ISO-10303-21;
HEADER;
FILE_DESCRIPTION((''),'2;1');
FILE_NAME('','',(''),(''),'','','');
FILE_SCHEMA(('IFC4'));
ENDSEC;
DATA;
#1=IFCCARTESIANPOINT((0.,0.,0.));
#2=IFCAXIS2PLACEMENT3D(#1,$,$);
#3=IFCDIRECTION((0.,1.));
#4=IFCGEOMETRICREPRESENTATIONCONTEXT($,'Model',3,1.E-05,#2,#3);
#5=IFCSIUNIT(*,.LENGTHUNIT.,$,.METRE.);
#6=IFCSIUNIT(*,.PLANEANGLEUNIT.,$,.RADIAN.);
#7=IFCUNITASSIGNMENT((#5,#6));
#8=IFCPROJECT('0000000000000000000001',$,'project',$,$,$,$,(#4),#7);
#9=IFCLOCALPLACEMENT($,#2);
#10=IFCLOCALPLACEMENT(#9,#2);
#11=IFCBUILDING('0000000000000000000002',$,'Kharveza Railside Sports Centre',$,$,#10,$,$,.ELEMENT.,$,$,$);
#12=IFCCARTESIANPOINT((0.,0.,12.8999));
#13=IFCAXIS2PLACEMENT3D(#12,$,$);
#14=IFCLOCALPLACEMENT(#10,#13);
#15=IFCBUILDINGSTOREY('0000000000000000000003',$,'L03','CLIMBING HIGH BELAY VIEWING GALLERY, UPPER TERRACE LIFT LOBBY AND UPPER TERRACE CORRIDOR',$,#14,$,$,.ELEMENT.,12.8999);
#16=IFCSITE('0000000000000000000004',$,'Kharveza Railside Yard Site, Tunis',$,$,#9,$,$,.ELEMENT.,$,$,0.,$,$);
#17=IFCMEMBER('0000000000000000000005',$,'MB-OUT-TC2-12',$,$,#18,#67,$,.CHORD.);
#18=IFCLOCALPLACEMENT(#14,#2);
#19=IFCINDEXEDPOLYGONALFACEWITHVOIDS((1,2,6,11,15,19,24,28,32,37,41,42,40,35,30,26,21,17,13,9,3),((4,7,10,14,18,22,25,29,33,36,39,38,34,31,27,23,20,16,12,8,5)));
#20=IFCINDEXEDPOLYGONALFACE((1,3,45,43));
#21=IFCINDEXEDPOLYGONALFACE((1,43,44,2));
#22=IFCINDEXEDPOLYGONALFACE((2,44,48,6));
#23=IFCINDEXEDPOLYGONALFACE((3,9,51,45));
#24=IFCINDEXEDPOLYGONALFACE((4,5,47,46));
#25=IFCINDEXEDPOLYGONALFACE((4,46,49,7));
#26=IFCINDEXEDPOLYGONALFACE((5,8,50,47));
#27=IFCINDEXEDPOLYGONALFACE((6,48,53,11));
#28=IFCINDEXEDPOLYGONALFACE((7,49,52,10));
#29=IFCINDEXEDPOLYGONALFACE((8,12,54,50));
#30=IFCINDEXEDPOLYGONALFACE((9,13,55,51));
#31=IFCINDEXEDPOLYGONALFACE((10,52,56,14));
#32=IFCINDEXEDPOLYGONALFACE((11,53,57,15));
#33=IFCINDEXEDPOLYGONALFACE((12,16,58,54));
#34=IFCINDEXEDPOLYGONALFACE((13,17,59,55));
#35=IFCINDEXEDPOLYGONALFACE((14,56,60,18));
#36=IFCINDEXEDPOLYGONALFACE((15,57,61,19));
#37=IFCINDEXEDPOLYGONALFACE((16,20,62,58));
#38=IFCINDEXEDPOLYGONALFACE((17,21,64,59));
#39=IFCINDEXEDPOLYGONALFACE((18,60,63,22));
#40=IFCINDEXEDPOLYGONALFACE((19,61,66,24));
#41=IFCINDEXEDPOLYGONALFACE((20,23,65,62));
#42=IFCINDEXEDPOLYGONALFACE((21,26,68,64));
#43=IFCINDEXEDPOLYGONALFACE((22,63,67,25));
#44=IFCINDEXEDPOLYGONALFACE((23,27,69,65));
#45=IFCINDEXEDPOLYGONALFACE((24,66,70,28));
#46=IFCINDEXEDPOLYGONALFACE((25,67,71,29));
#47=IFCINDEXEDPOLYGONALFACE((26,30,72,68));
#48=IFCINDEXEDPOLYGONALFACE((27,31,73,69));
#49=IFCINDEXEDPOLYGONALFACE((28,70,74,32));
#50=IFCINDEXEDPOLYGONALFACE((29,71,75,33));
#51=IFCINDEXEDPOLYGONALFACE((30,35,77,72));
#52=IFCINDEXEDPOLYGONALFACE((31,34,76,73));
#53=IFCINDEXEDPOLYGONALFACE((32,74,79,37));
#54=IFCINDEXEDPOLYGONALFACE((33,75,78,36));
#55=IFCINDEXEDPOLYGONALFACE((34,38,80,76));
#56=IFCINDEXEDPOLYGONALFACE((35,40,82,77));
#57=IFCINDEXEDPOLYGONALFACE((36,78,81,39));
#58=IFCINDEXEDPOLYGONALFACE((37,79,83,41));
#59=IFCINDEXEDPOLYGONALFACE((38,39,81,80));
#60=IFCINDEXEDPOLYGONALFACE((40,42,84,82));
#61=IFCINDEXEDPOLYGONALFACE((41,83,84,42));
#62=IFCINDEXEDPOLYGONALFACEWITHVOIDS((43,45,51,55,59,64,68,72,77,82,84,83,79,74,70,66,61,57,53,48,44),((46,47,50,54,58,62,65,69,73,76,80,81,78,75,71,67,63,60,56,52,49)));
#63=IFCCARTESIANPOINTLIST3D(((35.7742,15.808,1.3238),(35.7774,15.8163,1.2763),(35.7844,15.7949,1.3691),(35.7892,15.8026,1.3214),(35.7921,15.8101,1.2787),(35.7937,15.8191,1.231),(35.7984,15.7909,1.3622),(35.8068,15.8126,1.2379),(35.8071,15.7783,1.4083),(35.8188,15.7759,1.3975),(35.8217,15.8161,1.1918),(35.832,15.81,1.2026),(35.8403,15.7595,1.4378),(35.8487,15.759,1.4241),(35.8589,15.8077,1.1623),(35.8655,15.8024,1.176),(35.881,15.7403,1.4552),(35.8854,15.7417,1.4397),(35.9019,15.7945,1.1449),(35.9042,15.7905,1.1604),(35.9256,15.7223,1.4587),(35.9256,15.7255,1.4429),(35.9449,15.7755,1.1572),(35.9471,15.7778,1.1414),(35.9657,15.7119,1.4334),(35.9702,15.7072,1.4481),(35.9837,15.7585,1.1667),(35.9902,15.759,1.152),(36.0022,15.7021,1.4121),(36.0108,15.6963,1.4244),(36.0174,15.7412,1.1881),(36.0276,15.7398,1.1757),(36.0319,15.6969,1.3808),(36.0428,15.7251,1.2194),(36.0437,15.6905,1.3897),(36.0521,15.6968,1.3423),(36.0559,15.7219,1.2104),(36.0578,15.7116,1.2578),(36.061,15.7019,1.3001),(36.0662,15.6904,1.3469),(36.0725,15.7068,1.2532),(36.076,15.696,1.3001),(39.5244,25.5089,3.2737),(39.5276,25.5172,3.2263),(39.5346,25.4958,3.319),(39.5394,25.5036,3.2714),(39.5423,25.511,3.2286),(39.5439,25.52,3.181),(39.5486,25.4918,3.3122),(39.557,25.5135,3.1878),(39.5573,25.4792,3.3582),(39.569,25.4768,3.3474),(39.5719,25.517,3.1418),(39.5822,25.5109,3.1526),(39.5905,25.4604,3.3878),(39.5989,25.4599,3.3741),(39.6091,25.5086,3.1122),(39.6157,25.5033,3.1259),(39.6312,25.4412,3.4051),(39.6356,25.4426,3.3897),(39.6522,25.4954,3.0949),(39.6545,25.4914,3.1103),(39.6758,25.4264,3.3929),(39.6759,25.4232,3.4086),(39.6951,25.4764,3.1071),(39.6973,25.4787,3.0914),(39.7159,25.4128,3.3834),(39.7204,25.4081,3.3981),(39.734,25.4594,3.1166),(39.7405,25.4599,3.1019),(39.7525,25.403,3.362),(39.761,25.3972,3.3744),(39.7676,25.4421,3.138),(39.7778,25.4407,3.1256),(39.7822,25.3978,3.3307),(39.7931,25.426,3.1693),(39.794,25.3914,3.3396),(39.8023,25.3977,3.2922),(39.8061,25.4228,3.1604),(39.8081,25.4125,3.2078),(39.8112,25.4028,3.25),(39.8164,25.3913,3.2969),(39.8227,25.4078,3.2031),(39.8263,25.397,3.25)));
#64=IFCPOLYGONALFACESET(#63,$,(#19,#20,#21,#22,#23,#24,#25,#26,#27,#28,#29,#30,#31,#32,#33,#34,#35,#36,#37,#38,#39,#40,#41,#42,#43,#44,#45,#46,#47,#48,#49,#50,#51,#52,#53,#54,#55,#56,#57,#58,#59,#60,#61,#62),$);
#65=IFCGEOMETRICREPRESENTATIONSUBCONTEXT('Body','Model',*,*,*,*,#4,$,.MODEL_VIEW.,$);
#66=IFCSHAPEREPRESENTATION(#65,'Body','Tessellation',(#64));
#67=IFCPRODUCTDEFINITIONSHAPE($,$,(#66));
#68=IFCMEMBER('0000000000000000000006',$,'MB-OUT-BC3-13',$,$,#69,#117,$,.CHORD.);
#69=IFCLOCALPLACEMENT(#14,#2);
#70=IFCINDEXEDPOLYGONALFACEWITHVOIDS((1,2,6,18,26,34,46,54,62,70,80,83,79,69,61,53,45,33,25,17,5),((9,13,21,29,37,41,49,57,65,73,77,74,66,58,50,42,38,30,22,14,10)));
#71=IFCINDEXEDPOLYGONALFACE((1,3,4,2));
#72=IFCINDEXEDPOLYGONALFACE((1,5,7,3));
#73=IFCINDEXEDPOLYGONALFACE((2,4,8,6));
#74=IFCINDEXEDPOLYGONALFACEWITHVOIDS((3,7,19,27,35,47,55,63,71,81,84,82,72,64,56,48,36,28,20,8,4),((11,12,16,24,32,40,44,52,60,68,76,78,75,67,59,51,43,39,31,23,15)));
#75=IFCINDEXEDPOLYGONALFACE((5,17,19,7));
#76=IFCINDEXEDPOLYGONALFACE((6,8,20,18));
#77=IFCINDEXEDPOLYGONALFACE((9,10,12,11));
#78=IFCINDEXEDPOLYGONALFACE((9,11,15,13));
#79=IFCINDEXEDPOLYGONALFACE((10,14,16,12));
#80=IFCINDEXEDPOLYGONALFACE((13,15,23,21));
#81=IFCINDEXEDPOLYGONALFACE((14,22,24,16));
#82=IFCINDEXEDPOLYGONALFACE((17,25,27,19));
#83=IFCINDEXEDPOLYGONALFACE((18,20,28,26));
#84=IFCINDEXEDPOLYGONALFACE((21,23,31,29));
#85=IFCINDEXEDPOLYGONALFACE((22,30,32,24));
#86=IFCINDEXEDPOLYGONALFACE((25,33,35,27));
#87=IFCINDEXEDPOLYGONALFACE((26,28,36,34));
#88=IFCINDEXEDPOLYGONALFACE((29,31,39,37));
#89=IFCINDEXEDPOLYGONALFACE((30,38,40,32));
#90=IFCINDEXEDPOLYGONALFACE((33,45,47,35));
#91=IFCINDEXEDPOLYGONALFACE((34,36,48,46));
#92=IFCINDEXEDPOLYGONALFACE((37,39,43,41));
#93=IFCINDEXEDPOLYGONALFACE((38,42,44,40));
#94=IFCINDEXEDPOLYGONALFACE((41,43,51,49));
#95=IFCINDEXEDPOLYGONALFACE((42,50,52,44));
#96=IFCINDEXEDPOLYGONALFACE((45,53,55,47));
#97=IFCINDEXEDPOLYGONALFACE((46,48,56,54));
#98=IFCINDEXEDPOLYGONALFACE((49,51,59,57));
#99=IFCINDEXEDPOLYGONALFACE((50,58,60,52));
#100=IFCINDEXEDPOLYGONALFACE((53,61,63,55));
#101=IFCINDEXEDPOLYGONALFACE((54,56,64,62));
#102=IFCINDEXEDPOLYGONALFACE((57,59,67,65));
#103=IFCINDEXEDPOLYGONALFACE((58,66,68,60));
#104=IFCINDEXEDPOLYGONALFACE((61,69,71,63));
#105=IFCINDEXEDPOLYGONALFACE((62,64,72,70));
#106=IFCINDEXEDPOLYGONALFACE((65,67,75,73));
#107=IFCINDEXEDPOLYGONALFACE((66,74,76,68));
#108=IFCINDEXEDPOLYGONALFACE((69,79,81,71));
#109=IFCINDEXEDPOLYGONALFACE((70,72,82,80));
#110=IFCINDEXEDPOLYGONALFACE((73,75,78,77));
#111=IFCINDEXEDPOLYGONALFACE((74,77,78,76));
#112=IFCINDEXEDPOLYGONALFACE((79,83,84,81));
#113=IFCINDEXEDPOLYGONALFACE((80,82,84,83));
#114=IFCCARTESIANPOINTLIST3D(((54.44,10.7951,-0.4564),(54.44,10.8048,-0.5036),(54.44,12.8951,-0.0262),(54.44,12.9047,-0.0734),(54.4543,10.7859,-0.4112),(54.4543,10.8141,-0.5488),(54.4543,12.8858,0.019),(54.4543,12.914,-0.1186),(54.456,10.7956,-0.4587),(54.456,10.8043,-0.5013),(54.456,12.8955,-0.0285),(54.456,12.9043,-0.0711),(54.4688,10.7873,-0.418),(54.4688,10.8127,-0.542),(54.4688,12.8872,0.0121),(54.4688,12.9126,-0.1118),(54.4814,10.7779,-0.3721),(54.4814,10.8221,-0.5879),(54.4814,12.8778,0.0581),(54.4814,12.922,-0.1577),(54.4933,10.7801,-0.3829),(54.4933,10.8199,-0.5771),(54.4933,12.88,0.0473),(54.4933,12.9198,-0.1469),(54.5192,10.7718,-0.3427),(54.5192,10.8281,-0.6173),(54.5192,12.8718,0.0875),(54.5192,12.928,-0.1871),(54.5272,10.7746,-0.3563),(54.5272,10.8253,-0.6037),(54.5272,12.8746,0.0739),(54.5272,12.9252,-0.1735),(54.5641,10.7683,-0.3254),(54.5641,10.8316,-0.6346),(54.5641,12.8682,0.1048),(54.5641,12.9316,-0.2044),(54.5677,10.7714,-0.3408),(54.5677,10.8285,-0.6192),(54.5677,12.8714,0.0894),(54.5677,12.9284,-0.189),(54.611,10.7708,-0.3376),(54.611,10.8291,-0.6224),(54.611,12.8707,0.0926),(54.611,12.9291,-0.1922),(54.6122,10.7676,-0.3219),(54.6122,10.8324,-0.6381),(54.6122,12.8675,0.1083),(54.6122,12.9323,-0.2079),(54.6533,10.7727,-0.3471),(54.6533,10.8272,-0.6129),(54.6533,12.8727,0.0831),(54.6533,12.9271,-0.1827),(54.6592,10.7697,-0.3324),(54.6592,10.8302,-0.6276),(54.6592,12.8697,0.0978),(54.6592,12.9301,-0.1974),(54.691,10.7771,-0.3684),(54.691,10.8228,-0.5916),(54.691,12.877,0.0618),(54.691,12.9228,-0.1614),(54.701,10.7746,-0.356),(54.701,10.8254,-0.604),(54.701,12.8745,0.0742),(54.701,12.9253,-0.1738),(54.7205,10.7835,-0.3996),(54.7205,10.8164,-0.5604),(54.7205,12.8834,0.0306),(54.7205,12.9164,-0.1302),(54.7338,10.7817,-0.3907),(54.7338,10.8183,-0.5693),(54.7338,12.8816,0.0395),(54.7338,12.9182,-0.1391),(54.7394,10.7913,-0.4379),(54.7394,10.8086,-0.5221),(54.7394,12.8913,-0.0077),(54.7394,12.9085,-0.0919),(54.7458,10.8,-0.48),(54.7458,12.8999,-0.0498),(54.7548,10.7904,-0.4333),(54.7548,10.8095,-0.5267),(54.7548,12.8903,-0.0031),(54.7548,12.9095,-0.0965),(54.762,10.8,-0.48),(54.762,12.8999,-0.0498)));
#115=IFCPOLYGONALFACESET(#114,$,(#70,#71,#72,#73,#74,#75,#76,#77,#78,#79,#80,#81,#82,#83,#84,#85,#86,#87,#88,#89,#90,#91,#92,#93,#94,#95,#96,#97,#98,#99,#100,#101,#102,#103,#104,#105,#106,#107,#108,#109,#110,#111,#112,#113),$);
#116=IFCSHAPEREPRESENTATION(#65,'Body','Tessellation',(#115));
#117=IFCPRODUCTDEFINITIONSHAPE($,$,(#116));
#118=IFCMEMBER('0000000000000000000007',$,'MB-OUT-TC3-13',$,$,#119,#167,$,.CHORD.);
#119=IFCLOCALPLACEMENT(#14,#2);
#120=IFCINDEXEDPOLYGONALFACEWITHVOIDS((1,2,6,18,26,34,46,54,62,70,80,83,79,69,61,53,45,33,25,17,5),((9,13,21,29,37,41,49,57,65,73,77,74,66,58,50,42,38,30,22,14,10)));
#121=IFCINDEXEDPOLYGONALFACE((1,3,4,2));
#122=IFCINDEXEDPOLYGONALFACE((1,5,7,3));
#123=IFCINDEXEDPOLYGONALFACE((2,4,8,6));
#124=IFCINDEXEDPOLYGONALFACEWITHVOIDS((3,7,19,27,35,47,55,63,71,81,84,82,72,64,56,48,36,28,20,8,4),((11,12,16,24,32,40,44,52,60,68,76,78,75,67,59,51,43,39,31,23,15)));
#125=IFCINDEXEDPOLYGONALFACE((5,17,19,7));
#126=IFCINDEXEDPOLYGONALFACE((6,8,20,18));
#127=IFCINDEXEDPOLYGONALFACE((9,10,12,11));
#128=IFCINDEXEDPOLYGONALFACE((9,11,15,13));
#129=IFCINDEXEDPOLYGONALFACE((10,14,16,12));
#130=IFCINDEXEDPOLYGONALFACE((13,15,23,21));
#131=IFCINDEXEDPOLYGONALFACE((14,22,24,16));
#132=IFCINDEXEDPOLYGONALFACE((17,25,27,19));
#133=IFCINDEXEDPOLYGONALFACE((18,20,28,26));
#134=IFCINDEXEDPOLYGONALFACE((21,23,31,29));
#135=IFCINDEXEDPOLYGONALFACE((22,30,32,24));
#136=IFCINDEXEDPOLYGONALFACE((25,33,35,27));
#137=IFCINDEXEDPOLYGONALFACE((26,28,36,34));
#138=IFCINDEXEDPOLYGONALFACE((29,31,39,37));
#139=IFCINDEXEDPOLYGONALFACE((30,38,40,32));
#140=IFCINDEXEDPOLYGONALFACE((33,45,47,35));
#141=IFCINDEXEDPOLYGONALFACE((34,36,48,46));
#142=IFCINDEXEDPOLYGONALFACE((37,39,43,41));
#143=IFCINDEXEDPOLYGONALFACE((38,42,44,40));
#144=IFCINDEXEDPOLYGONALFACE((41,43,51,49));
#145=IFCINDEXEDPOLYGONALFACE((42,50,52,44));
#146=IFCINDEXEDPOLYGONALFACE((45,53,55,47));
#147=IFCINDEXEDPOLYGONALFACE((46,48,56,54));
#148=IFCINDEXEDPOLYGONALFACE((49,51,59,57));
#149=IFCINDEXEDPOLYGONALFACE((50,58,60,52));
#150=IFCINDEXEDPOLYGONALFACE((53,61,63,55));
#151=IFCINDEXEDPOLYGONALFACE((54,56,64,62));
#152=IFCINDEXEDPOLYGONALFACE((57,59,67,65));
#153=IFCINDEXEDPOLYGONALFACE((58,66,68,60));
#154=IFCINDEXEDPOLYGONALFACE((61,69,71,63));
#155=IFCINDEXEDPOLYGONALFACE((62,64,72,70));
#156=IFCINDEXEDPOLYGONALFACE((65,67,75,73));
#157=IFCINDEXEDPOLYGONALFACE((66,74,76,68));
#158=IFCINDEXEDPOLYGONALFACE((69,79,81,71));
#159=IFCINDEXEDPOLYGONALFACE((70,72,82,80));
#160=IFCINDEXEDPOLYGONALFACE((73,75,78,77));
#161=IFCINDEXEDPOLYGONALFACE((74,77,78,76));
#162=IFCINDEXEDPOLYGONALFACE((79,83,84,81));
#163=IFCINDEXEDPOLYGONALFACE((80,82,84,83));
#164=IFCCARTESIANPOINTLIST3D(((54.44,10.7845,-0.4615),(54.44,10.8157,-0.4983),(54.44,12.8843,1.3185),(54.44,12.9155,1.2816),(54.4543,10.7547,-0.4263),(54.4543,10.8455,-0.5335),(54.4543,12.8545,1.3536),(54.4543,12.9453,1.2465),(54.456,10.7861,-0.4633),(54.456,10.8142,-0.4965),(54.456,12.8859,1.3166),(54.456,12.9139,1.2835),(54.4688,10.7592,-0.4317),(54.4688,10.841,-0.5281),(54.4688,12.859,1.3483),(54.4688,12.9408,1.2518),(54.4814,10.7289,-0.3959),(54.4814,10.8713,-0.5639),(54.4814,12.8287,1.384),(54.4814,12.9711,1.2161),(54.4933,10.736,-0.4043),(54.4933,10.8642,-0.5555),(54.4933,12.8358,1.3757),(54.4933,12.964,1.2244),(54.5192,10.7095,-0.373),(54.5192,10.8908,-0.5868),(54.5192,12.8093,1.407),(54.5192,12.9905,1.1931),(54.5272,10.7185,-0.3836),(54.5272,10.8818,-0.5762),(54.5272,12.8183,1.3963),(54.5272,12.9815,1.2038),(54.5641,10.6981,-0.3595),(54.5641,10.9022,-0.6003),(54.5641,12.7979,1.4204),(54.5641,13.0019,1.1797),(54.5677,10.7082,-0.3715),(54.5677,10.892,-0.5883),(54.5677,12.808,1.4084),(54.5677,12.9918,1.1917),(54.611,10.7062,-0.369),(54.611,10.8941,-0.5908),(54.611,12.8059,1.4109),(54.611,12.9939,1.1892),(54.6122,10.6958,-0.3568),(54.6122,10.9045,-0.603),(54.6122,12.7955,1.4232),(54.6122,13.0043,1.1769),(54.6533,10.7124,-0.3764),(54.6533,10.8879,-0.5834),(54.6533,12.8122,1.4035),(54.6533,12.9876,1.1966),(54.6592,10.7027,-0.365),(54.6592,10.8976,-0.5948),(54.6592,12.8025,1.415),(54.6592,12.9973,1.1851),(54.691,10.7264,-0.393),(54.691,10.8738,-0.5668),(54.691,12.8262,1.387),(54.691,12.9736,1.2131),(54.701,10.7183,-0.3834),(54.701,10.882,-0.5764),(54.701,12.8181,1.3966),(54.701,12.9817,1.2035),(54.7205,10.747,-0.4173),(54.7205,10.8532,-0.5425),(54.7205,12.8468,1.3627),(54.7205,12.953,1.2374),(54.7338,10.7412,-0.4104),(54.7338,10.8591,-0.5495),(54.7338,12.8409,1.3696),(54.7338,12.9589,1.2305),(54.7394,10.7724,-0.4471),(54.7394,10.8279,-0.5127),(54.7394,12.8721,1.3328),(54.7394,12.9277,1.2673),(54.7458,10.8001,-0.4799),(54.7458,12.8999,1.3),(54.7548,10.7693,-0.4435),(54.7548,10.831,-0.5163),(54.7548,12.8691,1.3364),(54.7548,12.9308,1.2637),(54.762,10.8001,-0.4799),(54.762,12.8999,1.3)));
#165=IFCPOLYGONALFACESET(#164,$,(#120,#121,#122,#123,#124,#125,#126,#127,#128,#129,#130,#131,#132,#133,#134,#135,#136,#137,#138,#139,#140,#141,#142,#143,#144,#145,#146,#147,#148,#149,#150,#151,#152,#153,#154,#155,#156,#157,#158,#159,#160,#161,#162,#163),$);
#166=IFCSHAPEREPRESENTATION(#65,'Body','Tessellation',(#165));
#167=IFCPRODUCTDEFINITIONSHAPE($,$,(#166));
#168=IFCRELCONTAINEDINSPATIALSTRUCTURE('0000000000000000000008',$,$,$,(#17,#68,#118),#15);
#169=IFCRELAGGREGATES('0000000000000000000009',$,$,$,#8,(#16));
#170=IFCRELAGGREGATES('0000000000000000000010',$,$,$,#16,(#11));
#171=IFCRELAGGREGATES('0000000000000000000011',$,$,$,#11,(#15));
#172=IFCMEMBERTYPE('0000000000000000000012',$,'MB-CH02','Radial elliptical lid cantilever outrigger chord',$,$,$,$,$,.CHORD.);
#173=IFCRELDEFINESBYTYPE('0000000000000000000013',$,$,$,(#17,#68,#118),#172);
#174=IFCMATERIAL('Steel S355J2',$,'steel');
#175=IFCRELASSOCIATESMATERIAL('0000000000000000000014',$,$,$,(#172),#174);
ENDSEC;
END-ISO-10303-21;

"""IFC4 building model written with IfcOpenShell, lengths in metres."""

from ifc_helpers import new_model, si_unit, direction, frame, origin, origin_2d, place, context, subcontext, project, spatial, hollow_circle, extrude, material, material_profile, profile_set, type_object, element, save


model = new_model("IFC4")

# Units and contexts
model_context = context("Model", 3, precision=1e-05, world=origin(), true_north=direction((0.0, 1.0)))
body_context = subcontext(model_context, "Body", "Model", "MODEL_VIEW")
ifc_project = project(units=[si_unit("LENGTHUNIT", "METRE"), si_unit("PLANEANGLEUNIT", "RADIAN")], contexts=[model_context])

# Site, building, storey
site_placement = place(None, origin())
site = spatial("IfcSite", under=ifc_project, at=site_placement, Name="Kharveza Railside Yard Site, Tunis", CompositionType="ELEMENT", RefElevation=0.0)
building_placement = place(site_placement, origin())
building = spatial("IfcBuilding", under=site, at=building_placement, Name="Kharveza Railside Sports Centre", CompositionType="ELEMENT")
storey_placement = place(building_placement, frame((0.0, 0.0, 12.8999)))
storey = spatial("IfcBuildingStorey", under=building, at=storey_placement, Name="L03", Description="CLIMBING HIGH BELAY VIEWING GALLERY, UPPER TERRACE LIFT LOBBY AND UPPER TERRACE CORRIDOR", CompositionType="ELEMENT", Elevation=12.8999)

# Shared definitions
ifc_material_1 = material(Name="Steel S355J2", Category="steel")

# Members
ifc_material_profile_1 = material_profile(ifc_material_1, hollow_circle(Radius=0.1619, WallThickness=0.0161, at=origin_2d()), Name="CHS 323.9x16.0")
ifc_profile_set_1 = profile_set([ifc_material_profile_1], Name="Steel S355J2")
member_type_1 = type_object("IfcMemberType", Name="MB-CH02", Description="Radial elliptical lid cantilever outrigger chord", PredefinedType="CHORD", material=ifc_profile_set_1)
member_1_placement = place(storey_placement, frame((39.6753, 25.4553, 3.25), z_axis=(-0.354405, -0.916755, -0.184274), x_axis=(0.932728, -0.36058, 0.0)))
element("IfcMember", 1, at=member_1_placement, inside=storey, type_object=member_type_1, Name="MB-OUT-TC2-12", PredefinedType="CHORD", context=body_context, shape_type="SweptSolid", body=[
    extrude(hollow_circle(Radius=0.1619, WallThickness=0.0161, at=origin_2d()), origin(), (0.0, 0.0, 1.0), 10.5818),
])
member_2_placement = place(storey_placement, frame((54.6001, 12.8999, -0.0498), z_axis=(0.0, -0.979654, -0.200692), x_axis=(1.0, 0.0, 0.0)))
element("IfcMember", 2, at=member_2_placement, inside=storey, type_object=member_type_1, Name="MB-OUT-BC3-13", PredefinedType="CHORD", context=body_context, shape_type="SweptSolid", body=[
    extrude(hollow_circle(Radius=0.1619, WallThickness=0.0161, at=origin_2d()), origin(), (0.0, 0.0, 1.0), 2.1436),
])
member_3_placement = place(storey_placement, frame((54.6001, 12.8999, 1.3), z_axis=(0.0, -0.762807, -0.646626), x_axis=(1.0, 0.0, 0.0)))
element("IfcMember", 3, at=member_3_placement, inside=storey, type_object=member_type_1, Name="MB-OUT-TC3-13", PredefinedType="CHORD", context=body_context, shape_type="SweptSolid", body=[
    extrude(hollow_circle(Radius=0.1619, WallThickness=0.0161, at=origin_2d()), origin(), (0.0, 0.0, 1.0), 2.7527),
])

save(model, "model.ifc")
